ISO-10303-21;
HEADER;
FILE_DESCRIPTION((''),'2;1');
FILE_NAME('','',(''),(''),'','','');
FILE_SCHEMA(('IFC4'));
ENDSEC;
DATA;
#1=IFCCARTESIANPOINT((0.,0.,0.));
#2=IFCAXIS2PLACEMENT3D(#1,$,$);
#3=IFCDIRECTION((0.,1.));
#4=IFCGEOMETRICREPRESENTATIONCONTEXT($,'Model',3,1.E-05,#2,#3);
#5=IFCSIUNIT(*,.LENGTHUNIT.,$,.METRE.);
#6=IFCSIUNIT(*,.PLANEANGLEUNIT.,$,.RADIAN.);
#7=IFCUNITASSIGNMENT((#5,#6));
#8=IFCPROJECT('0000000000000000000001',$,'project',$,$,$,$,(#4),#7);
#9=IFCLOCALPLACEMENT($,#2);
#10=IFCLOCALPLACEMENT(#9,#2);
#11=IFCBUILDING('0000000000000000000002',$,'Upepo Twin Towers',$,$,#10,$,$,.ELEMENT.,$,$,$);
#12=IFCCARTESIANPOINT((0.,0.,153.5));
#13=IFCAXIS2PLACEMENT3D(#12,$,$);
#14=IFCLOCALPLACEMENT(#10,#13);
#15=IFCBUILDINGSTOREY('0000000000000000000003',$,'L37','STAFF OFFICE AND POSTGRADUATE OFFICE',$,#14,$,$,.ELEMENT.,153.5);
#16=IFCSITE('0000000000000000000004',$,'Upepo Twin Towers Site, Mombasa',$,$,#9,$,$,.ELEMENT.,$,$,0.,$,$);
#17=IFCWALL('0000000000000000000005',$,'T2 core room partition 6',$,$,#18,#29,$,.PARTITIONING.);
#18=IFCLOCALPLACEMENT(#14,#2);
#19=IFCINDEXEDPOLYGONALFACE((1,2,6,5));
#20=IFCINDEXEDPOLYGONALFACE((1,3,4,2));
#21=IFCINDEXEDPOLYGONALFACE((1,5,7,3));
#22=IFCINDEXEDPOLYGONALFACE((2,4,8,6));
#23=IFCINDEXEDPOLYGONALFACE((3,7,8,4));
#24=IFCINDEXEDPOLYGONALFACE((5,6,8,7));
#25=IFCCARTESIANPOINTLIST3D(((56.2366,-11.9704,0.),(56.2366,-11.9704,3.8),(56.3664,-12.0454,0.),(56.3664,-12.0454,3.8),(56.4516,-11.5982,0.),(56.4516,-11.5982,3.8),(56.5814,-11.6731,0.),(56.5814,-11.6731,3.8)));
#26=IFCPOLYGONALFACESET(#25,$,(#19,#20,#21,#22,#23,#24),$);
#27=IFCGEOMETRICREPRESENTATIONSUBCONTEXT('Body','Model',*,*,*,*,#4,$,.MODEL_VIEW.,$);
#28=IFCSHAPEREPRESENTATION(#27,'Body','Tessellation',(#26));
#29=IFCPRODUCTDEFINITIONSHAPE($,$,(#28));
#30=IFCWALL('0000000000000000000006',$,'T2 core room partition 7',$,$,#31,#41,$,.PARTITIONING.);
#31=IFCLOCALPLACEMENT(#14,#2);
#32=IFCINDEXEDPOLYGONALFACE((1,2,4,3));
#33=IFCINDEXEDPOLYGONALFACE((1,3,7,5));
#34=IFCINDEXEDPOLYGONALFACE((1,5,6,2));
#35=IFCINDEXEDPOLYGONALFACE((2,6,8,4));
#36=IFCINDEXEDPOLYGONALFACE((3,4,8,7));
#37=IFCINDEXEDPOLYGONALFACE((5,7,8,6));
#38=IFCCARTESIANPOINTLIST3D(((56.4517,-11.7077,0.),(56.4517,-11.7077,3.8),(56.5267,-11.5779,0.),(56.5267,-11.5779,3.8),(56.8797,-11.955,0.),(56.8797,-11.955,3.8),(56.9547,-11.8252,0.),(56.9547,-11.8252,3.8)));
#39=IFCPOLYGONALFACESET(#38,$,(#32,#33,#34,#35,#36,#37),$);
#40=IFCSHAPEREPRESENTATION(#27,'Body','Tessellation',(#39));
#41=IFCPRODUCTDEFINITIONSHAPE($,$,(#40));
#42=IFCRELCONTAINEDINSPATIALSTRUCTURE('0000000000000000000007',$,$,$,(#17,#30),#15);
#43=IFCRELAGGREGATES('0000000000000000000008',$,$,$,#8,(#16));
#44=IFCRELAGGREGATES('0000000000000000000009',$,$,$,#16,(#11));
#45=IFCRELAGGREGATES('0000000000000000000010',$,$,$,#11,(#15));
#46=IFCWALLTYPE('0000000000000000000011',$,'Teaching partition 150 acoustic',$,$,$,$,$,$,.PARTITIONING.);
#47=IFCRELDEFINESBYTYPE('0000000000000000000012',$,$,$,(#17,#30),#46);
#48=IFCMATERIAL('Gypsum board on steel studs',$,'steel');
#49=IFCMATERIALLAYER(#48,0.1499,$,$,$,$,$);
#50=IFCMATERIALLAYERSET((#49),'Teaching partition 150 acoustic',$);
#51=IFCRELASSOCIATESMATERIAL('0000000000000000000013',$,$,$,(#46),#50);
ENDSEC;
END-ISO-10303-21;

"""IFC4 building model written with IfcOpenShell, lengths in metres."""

from ifc_helpers import new_model, si_unit, direction, frame, frame_2d, origin, place, context, subcontext, project, spatial, rectangle, extrude, material, layer, layer_set, type_object, element, save


model = new_model("IFC4")

# Units and contexts
model_context = context("Model", 3, precision=1e-05, world=origin(), true_north=direction((0.0, 1.0)))
body_context = subcontext(model_context, "Body", "Model", "MODEL_VIEW")
ifc_project = project(units=[si_unit("LENGTHUNIT", "METRE"), si_unit("PLANEANGLEUNIT", "RADIAN")], contexts=[model_context])

# Site, building, storey
site_placement = place(None, origin())
site = spatial("IfcSite", under=ifc_project, at=site_placement, Name="Upepo Twin Towers Site, Mombasa", CompositionType="ELEMENT", RefElevation=0.0)
building_placement = place(site_placement, origin())
building = spatial("IfcBuilding", under=site, at=building_placement, Name="Upepo Twin Towers", CompositionType="ELEMENT")
storey_placement = place(building_placement, frame((0.0, 0.0, 153.5)))
storey = spatial("IfcBuildingStorey", under=building, at=storey_placement, Name="L37", Description="STAFF OFFICE AND POSTGRADUATE OFFICE", CompositionType="ELEMENT", Elevation=153.5)

# Shared definitions
ifc_material_1 = material(Name="Gypsum board on steel studs", Category="steel")
ifc_layer_1 = layer(ifc_material_1, 0.1499)
ifc_layer_set_1 = layer_set([ifc_layer_1], Name="Teaching partition 150 acoustic")
wall_type_1 = type_object("IfcWallType", Name="Teaching partition 150 acoustic", PredefinedType="PARTITIONING", material=ifc_layer_set_1)

# Walls
for number, where, z_axis, x_axis, name in (
    (1, (56.3015, -12.0078, 0.0), (0.0, 0.0, 1.0), (0.50023, 0.865892, 0.0), "T2 core room partition 6"),
):
    element("IfcWall", number, at=place(storey_placement, frame(where, z_axis=z_axis, x_axis=x_axis)), inside=storey, type_object=wall_type_1, Name=name, PredefinedType="PARTITIONING", context=body_context, shape_type="SweptSolid", body=[
        extrude(rectangle(XDim=0.4299, YDim=0.1499, at=frame_2d((0.2148, 0.0))), origin(), (0.0, 0.0, 1.0), 3.8),
    ])
wall_1_placement = place(storey_placement, frame((56.4893, -11.6428, 0.0), z_axis=(0.0, 0.0, 1.0), x_axis=(0.865832, -0.500335, 0.0)))
element("IfcWall", 2, at=wall_1_placement, inside=storey, type_object=wall_type_1, Name="T2 core room partition 7", PredefinedType="PARTITIONING", context=body_context, shape_type="SweptSolid", body=[
    extrude(rectangle(XDim=0.4944, YDim=0.1499, at=frame_2d((0.2471, 0.0))), origin(), (0.0, 0.0, 1.0), 3.8),
])

save(model, "model.ifc")
